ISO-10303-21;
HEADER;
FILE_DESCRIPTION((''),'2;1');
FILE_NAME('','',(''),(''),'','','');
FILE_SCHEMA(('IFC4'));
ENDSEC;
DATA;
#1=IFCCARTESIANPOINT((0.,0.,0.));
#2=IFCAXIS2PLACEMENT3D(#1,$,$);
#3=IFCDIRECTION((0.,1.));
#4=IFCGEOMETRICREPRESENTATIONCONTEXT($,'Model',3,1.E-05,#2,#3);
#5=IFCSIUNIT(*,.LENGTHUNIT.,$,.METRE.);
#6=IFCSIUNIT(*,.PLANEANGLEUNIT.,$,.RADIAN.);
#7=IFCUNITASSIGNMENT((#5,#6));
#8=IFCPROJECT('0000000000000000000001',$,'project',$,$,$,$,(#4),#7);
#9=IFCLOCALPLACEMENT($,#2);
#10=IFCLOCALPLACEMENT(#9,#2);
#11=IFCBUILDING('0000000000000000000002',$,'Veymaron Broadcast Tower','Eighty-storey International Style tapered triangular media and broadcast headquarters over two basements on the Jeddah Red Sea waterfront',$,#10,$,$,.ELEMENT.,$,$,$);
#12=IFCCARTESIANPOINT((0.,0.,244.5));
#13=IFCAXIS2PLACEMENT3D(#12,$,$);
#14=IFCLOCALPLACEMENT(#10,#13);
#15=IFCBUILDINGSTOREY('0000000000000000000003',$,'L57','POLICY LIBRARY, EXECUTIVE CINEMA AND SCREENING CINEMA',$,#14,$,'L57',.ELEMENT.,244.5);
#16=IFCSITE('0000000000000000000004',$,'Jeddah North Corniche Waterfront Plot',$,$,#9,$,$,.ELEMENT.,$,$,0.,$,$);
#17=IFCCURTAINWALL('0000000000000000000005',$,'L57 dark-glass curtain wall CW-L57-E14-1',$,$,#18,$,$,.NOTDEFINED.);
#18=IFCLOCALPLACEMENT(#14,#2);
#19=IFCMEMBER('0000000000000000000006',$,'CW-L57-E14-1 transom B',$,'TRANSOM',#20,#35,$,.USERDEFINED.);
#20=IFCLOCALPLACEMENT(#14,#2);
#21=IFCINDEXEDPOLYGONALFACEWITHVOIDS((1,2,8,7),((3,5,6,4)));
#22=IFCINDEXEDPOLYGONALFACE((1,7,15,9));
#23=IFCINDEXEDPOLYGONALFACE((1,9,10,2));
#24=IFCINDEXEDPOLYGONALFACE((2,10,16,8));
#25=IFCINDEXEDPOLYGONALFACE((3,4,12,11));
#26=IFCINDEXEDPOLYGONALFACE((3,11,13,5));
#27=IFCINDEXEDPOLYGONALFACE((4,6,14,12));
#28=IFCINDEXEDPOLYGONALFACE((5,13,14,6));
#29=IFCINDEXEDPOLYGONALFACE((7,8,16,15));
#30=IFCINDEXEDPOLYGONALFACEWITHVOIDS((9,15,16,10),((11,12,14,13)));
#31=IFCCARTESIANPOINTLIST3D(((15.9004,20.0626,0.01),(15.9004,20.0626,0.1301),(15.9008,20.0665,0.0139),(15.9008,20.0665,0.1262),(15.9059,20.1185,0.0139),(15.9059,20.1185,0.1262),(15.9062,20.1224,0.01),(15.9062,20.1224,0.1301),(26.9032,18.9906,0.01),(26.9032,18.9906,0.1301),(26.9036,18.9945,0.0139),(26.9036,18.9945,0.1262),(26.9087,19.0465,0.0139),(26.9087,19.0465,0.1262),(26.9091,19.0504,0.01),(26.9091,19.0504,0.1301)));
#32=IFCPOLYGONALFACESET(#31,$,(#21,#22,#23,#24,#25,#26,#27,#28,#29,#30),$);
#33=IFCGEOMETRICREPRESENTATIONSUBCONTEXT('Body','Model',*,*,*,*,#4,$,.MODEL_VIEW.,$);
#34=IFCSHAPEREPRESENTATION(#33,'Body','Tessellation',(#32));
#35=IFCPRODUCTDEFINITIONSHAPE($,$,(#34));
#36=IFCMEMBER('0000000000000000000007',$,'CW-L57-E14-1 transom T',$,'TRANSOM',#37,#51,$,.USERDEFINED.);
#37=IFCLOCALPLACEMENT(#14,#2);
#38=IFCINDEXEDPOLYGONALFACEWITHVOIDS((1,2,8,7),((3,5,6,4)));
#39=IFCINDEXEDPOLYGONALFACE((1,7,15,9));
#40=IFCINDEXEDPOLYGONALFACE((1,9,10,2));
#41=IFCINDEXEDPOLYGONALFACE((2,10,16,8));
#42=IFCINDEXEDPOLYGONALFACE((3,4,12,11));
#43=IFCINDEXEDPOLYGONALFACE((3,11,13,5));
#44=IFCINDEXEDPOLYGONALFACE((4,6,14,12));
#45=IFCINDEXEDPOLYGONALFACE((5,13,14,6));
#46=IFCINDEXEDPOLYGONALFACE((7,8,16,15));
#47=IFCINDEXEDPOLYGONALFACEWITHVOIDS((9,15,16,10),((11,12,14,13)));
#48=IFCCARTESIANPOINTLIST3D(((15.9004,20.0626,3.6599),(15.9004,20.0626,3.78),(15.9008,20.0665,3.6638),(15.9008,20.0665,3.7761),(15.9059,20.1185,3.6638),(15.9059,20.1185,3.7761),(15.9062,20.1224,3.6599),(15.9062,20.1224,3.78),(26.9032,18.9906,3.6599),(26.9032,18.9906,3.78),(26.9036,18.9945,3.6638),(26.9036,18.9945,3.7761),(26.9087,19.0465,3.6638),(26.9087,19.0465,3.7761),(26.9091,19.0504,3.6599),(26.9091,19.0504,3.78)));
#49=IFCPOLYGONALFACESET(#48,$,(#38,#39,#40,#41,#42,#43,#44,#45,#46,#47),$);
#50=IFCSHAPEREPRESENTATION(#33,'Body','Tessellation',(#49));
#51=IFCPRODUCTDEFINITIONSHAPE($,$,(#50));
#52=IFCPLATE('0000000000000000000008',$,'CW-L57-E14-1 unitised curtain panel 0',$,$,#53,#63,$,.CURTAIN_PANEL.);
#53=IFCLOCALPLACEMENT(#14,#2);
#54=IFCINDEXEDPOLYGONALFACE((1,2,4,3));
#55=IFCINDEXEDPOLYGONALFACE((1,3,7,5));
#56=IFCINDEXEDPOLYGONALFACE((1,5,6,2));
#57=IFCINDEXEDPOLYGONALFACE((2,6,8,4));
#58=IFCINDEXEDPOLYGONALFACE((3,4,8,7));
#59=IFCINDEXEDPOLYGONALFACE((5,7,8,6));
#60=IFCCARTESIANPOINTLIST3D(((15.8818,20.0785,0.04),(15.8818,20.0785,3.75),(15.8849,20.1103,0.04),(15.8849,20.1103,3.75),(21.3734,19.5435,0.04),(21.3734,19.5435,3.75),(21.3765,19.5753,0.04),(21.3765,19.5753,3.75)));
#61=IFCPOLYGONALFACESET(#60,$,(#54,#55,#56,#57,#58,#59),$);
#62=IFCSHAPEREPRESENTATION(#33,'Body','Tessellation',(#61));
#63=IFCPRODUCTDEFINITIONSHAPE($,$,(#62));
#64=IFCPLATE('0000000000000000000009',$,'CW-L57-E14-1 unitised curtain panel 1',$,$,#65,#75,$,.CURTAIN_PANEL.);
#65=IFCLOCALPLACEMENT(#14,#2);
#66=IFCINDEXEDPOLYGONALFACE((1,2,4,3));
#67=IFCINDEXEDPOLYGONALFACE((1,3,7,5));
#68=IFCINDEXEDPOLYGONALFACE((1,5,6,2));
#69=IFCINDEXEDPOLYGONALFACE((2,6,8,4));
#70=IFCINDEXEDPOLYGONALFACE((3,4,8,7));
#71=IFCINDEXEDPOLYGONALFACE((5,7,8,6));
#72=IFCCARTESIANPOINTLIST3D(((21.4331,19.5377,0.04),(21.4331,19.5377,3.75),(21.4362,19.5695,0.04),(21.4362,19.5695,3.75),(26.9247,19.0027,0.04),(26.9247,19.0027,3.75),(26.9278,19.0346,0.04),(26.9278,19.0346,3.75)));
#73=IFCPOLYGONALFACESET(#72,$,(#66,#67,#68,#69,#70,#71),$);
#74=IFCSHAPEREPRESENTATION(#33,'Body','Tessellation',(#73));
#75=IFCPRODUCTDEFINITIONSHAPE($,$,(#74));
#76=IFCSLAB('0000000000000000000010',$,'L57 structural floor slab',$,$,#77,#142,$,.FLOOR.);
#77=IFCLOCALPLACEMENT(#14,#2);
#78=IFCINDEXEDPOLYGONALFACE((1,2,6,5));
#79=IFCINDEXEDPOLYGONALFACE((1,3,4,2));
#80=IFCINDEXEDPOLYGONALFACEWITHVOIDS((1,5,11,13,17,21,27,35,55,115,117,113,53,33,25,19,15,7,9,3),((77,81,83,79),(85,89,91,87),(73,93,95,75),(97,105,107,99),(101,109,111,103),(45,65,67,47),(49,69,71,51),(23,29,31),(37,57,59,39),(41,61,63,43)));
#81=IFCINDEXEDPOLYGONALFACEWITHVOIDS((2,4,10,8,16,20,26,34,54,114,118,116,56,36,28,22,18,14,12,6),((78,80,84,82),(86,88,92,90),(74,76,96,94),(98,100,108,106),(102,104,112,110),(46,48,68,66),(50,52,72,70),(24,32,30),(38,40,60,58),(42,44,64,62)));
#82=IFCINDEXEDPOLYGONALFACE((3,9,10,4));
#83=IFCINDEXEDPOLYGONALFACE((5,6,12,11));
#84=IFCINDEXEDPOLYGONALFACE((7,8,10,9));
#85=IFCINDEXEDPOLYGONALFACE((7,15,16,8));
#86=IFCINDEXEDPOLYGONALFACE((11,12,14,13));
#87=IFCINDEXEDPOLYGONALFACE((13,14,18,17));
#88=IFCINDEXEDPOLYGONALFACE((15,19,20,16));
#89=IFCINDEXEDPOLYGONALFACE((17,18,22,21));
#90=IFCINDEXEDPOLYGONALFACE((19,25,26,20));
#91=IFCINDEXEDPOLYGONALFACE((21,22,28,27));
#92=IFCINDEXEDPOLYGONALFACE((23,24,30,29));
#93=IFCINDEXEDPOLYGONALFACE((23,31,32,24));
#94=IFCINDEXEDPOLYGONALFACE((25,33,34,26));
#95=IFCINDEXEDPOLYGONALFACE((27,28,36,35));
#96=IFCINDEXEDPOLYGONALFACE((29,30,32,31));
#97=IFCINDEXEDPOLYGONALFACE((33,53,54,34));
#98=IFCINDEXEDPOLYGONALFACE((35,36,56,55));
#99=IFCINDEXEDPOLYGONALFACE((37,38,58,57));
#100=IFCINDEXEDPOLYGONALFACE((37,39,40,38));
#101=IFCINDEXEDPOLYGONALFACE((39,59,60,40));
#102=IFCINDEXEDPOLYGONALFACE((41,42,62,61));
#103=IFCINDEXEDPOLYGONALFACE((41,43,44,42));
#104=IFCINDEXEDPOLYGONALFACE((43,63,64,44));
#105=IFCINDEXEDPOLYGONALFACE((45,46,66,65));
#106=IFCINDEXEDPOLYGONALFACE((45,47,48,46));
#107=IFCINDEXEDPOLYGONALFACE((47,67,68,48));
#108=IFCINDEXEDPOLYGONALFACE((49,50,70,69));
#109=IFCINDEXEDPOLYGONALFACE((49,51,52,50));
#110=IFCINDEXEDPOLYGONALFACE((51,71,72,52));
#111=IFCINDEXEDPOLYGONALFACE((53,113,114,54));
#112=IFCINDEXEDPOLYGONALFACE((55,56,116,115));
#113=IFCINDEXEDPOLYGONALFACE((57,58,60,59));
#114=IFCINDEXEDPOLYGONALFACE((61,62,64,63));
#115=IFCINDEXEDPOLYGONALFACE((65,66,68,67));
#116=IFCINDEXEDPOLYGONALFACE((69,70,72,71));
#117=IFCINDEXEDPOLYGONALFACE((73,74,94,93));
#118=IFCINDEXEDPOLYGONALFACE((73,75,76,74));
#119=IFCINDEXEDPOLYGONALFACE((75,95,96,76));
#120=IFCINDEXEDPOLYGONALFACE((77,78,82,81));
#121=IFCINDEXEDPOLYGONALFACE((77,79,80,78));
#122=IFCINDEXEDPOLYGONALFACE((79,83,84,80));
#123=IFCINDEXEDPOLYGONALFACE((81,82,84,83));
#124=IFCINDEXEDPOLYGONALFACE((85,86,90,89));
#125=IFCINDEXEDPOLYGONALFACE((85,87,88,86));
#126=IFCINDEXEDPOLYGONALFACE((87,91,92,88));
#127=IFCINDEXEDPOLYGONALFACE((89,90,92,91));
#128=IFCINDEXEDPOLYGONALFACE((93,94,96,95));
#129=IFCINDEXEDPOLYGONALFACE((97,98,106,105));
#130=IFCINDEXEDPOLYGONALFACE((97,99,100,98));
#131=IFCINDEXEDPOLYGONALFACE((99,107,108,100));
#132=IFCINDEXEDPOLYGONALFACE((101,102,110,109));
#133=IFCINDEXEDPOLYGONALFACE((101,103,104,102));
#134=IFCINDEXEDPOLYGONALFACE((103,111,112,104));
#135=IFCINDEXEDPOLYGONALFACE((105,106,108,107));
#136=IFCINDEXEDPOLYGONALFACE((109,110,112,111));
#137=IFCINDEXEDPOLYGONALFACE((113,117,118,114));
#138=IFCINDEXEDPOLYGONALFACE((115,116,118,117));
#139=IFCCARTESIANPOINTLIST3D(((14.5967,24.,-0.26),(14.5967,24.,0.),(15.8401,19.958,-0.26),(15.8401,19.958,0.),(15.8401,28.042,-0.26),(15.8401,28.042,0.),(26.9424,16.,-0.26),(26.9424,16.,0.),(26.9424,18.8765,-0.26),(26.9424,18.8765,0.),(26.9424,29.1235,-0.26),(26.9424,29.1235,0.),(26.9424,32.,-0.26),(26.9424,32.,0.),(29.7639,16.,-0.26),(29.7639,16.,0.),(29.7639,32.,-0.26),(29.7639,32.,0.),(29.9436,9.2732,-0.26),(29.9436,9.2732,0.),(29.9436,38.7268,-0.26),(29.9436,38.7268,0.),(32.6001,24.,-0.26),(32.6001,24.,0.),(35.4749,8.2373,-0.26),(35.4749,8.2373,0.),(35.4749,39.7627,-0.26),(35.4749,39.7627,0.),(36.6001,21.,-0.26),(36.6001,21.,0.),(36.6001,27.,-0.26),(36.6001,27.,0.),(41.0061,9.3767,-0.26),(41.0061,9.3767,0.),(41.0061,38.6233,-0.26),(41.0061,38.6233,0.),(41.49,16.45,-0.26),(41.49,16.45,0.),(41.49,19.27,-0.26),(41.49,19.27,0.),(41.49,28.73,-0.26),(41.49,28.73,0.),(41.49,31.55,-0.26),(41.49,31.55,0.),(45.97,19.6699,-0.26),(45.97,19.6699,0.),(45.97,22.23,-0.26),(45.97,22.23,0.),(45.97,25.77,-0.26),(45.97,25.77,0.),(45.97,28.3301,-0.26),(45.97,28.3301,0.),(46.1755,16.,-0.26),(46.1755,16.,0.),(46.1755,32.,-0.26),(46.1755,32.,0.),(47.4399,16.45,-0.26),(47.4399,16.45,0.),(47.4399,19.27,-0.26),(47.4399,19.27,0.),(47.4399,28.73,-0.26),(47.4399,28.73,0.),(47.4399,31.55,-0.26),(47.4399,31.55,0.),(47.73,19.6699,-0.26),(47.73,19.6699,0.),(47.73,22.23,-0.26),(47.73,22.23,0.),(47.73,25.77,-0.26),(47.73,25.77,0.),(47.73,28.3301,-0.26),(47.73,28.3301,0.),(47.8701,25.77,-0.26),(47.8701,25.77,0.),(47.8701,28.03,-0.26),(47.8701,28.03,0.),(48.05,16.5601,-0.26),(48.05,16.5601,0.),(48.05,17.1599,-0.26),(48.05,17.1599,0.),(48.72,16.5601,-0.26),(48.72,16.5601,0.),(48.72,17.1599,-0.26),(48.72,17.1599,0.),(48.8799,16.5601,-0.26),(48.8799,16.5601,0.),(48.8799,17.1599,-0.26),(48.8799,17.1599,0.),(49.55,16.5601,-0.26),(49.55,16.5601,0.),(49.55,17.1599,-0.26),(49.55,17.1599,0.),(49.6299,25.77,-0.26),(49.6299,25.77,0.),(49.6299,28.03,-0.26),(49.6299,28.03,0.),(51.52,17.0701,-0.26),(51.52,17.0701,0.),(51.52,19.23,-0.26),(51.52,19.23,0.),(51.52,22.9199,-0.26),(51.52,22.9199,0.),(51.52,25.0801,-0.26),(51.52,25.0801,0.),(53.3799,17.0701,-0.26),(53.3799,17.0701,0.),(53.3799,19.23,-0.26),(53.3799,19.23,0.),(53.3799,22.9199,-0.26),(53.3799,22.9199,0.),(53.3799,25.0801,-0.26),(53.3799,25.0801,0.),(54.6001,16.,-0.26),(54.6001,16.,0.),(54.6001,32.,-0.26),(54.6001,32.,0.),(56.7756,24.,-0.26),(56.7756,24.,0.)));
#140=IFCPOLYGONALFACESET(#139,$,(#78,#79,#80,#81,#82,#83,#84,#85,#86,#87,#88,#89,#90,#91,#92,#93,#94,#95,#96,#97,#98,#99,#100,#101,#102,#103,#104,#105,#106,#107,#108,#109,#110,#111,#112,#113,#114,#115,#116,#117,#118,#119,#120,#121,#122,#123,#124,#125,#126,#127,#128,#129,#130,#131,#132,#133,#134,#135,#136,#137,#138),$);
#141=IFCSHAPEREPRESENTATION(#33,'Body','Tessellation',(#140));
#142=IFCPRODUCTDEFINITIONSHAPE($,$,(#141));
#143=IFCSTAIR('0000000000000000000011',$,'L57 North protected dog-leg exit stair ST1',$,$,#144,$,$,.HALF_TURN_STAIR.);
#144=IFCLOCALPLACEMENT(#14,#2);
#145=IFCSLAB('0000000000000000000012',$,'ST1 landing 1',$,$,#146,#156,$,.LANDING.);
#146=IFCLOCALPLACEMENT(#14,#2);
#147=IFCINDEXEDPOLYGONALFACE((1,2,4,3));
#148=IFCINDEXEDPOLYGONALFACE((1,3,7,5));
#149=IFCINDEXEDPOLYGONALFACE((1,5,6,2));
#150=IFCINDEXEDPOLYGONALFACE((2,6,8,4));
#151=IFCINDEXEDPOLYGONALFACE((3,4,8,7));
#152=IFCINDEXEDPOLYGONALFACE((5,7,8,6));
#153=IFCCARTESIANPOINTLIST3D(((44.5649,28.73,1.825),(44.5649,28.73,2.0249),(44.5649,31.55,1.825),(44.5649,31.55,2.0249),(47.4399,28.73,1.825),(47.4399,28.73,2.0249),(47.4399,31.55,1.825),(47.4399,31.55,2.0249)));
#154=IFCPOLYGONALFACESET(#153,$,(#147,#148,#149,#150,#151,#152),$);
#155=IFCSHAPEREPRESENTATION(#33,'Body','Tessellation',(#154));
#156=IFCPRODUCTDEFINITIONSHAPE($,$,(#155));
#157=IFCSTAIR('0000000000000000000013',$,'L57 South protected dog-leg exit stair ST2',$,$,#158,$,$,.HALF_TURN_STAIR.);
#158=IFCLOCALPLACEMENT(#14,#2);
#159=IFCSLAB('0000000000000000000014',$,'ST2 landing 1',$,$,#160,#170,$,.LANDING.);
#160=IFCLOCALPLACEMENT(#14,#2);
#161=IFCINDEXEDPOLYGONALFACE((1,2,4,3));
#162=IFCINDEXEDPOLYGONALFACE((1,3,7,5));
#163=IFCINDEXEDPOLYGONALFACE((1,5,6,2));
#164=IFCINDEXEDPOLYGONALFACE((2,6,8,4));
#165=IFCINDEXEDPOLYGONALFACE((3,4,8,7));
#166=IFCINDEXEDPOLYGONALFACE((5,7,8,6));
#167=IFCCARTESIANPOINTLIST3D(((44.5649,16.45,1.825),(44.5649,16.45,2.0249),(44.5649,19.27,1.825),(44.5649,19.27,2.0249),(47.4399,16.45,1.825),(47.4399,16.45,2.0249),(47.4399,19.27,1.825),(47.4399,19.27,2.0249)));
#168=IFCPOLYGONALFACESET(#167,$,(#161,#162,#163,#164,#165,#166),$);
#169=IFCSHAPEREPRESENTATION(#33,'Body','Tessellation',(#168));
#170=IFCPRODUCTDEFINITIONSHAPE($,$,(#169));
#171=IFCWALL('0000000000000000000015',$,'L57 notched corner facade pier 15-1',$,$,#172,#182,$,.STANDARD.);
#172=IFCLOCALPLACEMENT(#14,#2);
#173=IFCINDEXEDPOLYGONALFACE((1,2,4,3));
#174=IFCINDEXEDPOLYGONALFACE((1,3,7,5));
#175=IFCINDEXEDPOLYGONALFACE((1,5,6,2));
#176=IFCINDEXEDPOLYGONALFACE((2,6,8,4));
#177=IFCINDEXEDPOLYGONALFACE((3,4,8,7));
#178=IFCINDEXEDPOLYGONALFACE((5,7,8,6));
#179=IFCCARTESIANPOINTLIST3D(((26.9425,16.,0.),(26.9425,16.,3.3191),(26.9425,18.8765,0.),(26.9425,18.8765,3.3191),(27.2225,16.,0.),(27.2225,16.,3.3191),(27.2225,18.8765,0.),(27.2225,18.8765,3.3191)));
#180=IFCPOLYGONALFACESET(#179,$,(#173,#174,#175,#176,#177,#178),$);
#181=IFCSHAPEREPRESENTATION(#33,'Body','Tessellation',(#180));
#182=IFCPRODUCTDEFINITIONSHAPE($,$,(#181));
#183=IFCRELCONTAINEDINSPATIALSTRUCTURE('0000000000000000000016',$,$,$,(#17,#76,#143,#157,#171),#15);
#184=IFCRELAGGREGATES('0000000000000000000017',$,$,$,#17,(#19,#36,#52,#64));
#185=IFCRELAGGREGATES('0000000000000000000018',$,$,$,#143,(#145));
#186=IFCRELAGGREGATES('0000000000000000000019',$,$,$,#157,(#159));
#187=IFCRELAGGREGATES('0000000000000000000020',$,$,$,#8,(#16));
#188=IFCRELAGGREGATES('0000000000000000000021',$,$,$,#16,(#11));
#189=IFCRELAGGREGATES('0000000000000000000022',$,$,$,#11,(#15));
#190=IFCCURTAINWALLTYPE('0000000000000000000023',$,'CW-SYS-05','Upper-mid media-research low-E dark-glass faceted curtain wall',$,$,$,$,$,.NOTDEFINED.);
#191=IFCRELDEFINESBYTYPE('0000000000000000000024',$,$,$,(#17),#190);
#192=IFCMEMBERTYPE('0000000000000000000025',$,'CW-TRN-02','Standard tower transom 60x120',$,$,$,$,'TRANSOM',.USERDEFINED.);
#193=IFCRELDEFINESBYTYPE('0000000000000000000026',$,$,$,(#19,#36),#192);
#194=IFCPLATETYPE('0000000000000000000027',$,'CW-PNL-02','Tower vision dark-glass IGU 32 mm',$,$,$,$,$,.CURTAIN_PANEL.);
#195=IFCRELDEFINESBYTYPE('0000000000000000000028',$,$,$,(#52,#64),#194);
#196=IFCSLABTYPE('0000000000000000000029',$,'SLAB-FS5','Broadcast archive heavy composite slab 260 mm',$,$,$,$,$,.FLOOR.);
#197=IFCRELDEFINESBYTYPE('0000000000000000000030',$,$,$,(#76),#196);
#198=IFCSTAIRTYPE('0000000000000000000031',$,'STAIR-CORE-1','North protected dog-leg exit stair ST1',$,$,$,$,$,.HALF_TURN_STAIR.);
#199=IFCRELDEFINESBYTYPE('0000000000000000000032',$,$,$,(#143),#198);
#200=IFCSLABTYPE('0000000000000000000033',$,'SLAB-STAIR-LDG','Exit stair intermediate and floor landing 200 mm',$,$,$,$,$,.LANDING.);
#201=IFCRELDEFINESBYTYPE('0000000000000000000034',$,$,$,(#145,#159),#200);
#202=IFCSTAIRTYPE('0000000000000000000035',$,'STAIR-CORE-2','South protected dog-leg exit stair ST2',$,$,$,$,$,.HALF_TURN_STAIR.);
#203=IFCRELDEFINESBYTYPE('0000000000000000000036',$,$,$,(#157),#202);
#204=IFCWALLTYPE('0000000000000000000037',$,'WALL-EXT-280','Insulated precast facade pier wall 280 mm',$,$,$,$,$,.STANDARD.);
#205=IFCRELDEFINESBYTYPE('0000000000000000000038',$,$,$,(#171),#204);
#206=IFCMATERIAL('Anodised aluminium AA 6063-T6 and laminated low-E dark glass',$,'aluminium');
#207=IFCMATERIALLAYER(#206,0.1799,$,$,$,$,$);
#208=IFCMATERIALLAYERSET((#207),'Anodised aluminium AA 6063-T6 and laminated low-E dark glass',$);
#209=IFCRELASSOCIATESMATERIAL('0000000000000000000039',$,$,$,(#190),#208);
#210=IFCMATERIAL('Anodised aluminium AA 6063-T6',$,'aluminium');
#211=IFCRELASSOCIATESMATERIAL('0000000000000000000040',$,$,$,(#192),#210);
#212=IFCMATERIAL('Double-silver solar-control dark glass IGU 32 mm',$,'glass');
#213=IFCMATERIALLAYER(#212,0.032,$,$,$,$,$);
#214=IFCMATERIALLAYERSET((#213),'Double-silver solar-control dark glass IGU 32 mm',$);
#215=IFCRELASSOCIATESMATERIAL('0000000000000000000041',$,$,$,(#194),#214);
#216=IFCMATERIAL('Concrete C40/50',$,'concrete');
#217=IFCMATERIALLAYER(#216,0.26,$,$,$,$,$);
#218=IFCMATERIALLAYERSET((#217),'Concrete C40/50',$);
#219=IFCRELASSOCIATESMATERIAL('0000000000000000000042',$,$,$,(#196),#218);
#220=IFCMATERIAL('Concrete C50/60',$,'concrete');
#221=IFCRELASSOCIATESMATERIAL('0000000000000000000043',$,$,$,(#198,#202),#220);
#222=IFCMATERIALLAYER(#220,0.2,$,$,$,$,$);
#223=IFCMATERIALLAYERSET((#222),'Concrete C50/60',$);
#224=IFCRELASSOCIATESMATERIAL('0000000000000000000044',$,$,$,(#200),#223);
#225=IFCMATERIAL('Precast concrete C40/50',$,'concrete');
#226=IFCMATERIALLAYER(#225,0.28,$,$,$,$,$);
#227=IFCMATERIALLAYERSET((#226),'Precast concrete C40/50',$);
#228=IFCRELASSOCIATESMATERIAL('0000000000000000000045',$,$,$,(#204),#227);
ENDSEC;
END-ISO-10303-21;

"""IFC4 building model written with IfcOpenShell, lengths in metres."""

from ifc_helpers import new_model, si_unit, direction, frame, frame_2d, origin, origin_2d, place, context, subcontext, project, spatial, polyline, rectangle, hollow_rectangle, outline, extrude, material, layer, layer_set, material_profile, profile_set, type_object, element, aggregate, save


model = new_model("IFC4")

# Units and contexts
model_context = context("Model", 3, precision=1e-05, world=origin(), true_north=direction((0.0, 1.0)))
body_context = subcontext(model_context, "Body", "Model", "MODEL_VIEW")
ifc_project = project(units=[si_unit("LENGTHUNIT", "METRE"), si_unit("PLANEANGLEUNIT", "RADIAN")], contexts=[model_context])

# Site, building, storey
site_placement = place(None, origin())
site = spatial("IfcSite", under=ifc_project, at=site_placement, Name="Jeddah North Corniche Waterfront Plot", CompositionType="ELEMENT", RefElevation=0.0)
building_placement = place(site_placement, origin())
building = spatial("IfcBuilding", under=site, at=building_placement, Name="Veymaron Broadcast Tower", Description="Eighty-storey International Style tapered triangular media and broadcast headquarters over two basements on the Jeddah Red Sea waterfront", CompositionType="ELEMENT")
storey_placement = place(building_placement, frame((0.0, 0.0, 244.5)))
storey = spatial("IfcBuildingStorey", under=building, at=storey_placement, Name="L57", Description="POLICY LIBRARY, EXECUTIVE CINEMA AND SCREENING CINEMA", LongName="L57", CompositionType="ELEMENT", Elevation=244.5)

# Curtain wall, members, plates
ifc_material_1 = material(Name="Anodised aluminium AA 6063-T6 and laminated low-E dark glass", Category="aluminium")
ifc_layer_1 = layer(ifc_material_1, 0.1799)
ifc_layer_set_1 = layer_set([ifc_layer_1], Name="Anodised aluminium AA 6063-T6 and laminated low-E dark glass")
curtain_wall_type = type_object("IfcCurtainWallType", Name="CW-SYS-05", Description="Upper-mid media-research low-E dark-glass faceted curtain wall", PredefinedType="NOTDEFINED", material=ifc_layer_set_1)
curtain_wall_placement = place(storey_placement, origin())
curtain_wall = element("IfcCurtainWall", 1, at=curtain_wall_placement, inside=storey, type_object=curtain_wall_type, Name="L57 dark-glass curtain wall CW-L57-E14-1", PredefinedType="NOTDEFINED")
ifc_material_2 = material(Name="Anodised aluminium AA 6063-T6", Category="aluminium")
ifc_material_profile_1 = material_profile(ifc_material_2, hollow_rectangle(XDim=0.0601, YDim=0.1201, WallThickness=0.0039, at=origin_2d()), Name="AL120X60X4")
ifc_profile_set_1 = profile_set([ifc_material_profile_1], Name="Anodised aluminium AA 6063-T6")
member_type_1 = type_object("IfcMemberType", Name="CW-TRN-02", Description="Standard tower transom 60x120", ElementType="TRANSOM", PredefinedType="USERDEFINED", material=ifc_profile_set_1)
member_1_placement = place(storey_placement, frame((15.9033, 20.0925, 0.0701), z_axis=(0.995287, -0.096971, 0.0), x_axis=(0.096971, 0.995287, 0.0)))
member_1 = element("IfcMember", 2, at=member_1_placement, type_object=member_type_1, Name="CW-L57-E14-1 transom B", ObjectType="TRANSOM", PredefinedType="USERDEFINED", context=body_context, shape_type="SweptSolid", body=[
    extrude(hollow_rectangle(XDim=0.0601, YDim=0.1201, WallThickness=0.0039, at=origin_2d()), origin(), (0.0, 0.0, 1.0), 11.0549),
])
member_2_placement = place(storey_placement, frame((15.9033, 20.0925, 3.72), z_axis=(0.995287, -0.096971, 0.0), x_axis=(0.096971, 0.995287, 0.0)))
member_2 = element("IfcMember", 3, at=member_2_placement, type_object=member_type_1, Name="CW-L57-E14-1 transom T", ObjectType="TRANSOM", PredefinedType="USERDEFINED", context=body_context, shape_type="SweptSolid", body=[
    extrude(hollow_rectangle(XDim=0.0601, YDim=0.1201, WallThickness=0.0039, at=origin_2d()), origin(), (0.0, 0.0, 1.0), 11.0549),
])
ifc_material_3 = material(Name="Double-silver solar-control dark glass IGU 32 mm", Category="glass")
ifc_layer_2 = layer(ifc_material_3, 0.032)
ifc_layer_set_2 = layer_set([ifc_layer_2], Name="Double-silver solar-control dark glass IGU 32 mm")
plate_type = type_object("IfcPlateType", Name="CW-PNL-02", Description="Tower vision dark-glass IGU 32 mm", PredefinedType="CURTAIN_PANEL", material=ifc_layer_set_2)
plate_1_placement = place(storey_placement, frame((18.6292, 19.8269, 0.04), z_axis=(0.0, 0.0, 1.0), x_axis=(0.995289, -0.096958, 0.0)))
plate_1 = element("IfcPlate", 4, at=plate_1_placement, type_object=plate_type, Name="CW-L57-E14-1 unitised curtain panel 0", PredefinedType="CURTAIN_PANEL", context=body_context, shape_type="SweptSolid", body=[
    extrude(rectangle(XDim=5.5176, YDim=0.032, at=origin_2d()), origin(), (0.0, 0.0, 1.0), 3.71),
])
plate_2_placement = place(storey_placement, frame((24.1804, 19.2861, 0.04), z_axis=(0.0, 0.0, 1.0), x_axis=(0.995289, -0.096958, 0.0)))
plate_2 = element("IfcPlate", 5, at=plate_2_placement, type_object=plate_type, Name="CW-L57-E14-1 unitised curtain panel 1", PredefinedType="CURTAIN_PANEL", context=body_context, shape_type="SweptSolid", body=[
    extrude(rectangle(XDim=5.5176, YDim=0.032, at=origin_2d()), origin(), (0.0, 0.0, 1.0), 3.71),
])
aggregate(curtain_wall, [member_1, member_2, plate_1, plate_2])

# Slab
ifc_material_4 = material(Name="Concrete C40/50", Category="concrete")
ifc_layer_3 = layer(ifc_material_4, 0.26)
ifc_layer_set_3 = layer_set([ifc_layer_3], Name="Concrete C40/50")
slab_type_1 = type_object("IfcSlabType", Name="SLAB-FS5", Description="Broadcast archive heavy composite slab 260 mm", PredefinedType="FLOOR", material=ifc_layer_set_3)
slab_1_placement = place(storey_placement, frame((0.0, 0.0, -0.26)))
element("IfcSlab", 6, at=slab_1_placement, inside=storey, type_object=slab_type_1, Name="L57 structural floor slab", PredefinedType="FLOOR", context=body_context, shape_type="SweptSolid", body=[
    extrude(outline(polyline([(46.1755, 16.0), (54.6001, 16.0), (56.7756, 24.0), (54.6001, 32.0), (46.1755, 32.0), (41.0061, 38.6233), (35.4749, 39.7627), (29.9436, 38.7268), (29.7639, 32.0), (26.9424, 32.0), (26.9424, 29.1235), (15.8401, 28.042), (14.5967, 24.0), (15.8401, 19.958), (26.9424, 18.8765), (26.9424, 16.0), (29.7639, 16.0), (29.9436, 9.2732), (35.4749, 8.2373), (41.0061, 9.3767), (46.1755, 16.0)]), holes=[polyline([(45.97, 28.3301), (47.73, 28.3301), (47.73, 25.77), (45.97, 25.77), (45.97, 28.3301)]), polyline([(45.97, 22.23), (47.73, 22.23), (47.73, 19.6699), (45.97, 19.6699), (45.97, 22.23)]), polyline([(47.8701, 28.03), (49.6299, 28.03), (49.6299, 25.77), (47.8701, 25.77), (47.8701, 28.03)]), polyline([(51.52, 25.0801), (53.3799, 25.0801), (53.3799, 22.9199), (51.52, 22.9199), (51.52, 25.0801)]), polyline([(51.52, 19.23), (53.3799, 19.23), (53.3799, 17.0701), (51.52, 17.0701), (51.52, 19.23)]), polyline([(48.05, 17.1599), (48.72, 17.1599), (48.72, 16.5601), (48.05, 16.5601), (48.05, 17.1599)]), polyline([(48.8799, 17.1599), (49.55, 17.1599), (49.55, 16.5601), (48.8799, 16.5601), (48.8799, 17.1599)]), polyline([(36.6001, 27.0), (36.6001, 21.0), (32.6001, 24.0), (36.6001, 27.0)]), polyline([(41.49, 31.55), (47.4399, 31.55), (47.4399, 28.73), (41.49, 28.73), (41.49, 31.55)]), polyline([(41.49, 19.27), (47.4399, 19.27), (47.4399, 16.45), (41.49, 16.45), (41.49, 19.27)])]), origin(), (0.0, 0.0, 1.0), 0.26),
])

# Stairs, slabs
ifc_material_5 = material(Name="Concrete C50/60", Category="concrete")
stair_type_1 = type_object("IfcStairType", Name="STAIR-CORE-1", Description="North protected dog-leg exit stair ST1", PredefinedType="HALF_TURN_STAIR", material=ifc_material_5)
stair_1_placement = place(storey_placement, origin())
stair_1 = element("IfcStair", 7, at=stair_1_placement, inside=storey, type_object=stair_type_1, Name="L57 North protected dog-leg exit stair ST1", PredefinedType="HALF_TURN_STAIR")
ifc_layer_4 = layer(ifc_material_5, 0.2)
ifc_layer_set_4 = layer_set([ifc_layer_4], Name="Concrete C50/60")
slab_type_2 = type_object("IfcSlabType", Name="SLAB-STAIR-LDG", Description="Exit stair intermediate and floor landing 200 mm", PredefinedType="LANDING", material=ifc_layer_set_4)
slab_2_placement = place(storey_placement, frame((0.0, 0.0, 1.825)))
slab_2 = element("IfcSlab", 8, at=slab_2_placement, type_object=slab_type_2, Name="ST1 landing 1", PredefinedType="LANDING", context=body_context, shape_type="SweptSolid", body=[
    extrude(outline(polyline([(44.5649, 28.73), (47.4399, 28.73), (47.4399, 31.55), (44.5649, 31.55), (44.5649, 28.73)])), origin(), (0.0, 0.0, 1.0), 0.2),
])
aggregate(stair_1, [slab_2])
stair_type_2 = type_object("IfcStairType", Name="STAIR-CORE-2", Description="South protected dog-leg exit stair ST2", PredefinedType="HALF_TURN_STAIR", material=ifc_material_5)
stair_2_placement = place(storey_placement, origin())
stair_2 = element("IfcStair", 9, at=stair_2_placement, inside=storey, type_object=stair_type_2, Name="L57 South protected dog-leg exit stair ST2", PredefinedType="HALF_TURN_STAIR")
slab_3_placement = place(storey_placement, frame((0.0, 0.0, 1.825)))
slab_3 = element("IfcSlab", 10, at=slab_3_placement, type_object=slab_type_2, Name="ST2 landing 1", PredefinedType="LANDING", context=body_context, shape_type="SweptSolid", body=[
    extrude(outline(polyline([(44.5649, 16.45), (47.4399, 16.45), (47.4399, 19.27), (44.5649, 19.27), (44.5649, 16.45)])), origin(), (0.0, 0.0, 1.0), 0.2),
])
aggregate(stair_2, [slab_3])

# Wall
ifc_material_6 = material(Name="Precast concrete C40/50", Category="concrete")
ifc_layer_5 = layer(ifc_material_6, 0.28)
ifc_layer_set_5 = layer_set([ifc_layer_5], Name="Precast concrete C40/50")
wall_type_1 = type_object("IfcWallType", Name="WALL-EXT-280", Description="Insulated precast facade pier wall 280 mm", PredefinedType="STANDARD", material=ifc_layer_set_5)
wall_1_placement = place(storey_placement, frame((27.0825, 18.8765, 0.0), z_axis=(0.0, 0.0, 1.0), x_axis=(0.0, -1.0, 0.0)))
element("IfcWall", 11, at=wall_1_placement, inside=storey, type_object=wall_type_1, Name="L57 notched corner facade pier 15-1", PredefinedType="STANDARD", context=body_context, shape_type="SweptSolid", body=[
    extrude(rectangle(XDim=2.8765, YDim=0.28, at=frame_2d((1.4382, 0.0))), origin(), (0.0, 0.0, 1.0), 3.3191),
])

save(model, "model.ifc")
